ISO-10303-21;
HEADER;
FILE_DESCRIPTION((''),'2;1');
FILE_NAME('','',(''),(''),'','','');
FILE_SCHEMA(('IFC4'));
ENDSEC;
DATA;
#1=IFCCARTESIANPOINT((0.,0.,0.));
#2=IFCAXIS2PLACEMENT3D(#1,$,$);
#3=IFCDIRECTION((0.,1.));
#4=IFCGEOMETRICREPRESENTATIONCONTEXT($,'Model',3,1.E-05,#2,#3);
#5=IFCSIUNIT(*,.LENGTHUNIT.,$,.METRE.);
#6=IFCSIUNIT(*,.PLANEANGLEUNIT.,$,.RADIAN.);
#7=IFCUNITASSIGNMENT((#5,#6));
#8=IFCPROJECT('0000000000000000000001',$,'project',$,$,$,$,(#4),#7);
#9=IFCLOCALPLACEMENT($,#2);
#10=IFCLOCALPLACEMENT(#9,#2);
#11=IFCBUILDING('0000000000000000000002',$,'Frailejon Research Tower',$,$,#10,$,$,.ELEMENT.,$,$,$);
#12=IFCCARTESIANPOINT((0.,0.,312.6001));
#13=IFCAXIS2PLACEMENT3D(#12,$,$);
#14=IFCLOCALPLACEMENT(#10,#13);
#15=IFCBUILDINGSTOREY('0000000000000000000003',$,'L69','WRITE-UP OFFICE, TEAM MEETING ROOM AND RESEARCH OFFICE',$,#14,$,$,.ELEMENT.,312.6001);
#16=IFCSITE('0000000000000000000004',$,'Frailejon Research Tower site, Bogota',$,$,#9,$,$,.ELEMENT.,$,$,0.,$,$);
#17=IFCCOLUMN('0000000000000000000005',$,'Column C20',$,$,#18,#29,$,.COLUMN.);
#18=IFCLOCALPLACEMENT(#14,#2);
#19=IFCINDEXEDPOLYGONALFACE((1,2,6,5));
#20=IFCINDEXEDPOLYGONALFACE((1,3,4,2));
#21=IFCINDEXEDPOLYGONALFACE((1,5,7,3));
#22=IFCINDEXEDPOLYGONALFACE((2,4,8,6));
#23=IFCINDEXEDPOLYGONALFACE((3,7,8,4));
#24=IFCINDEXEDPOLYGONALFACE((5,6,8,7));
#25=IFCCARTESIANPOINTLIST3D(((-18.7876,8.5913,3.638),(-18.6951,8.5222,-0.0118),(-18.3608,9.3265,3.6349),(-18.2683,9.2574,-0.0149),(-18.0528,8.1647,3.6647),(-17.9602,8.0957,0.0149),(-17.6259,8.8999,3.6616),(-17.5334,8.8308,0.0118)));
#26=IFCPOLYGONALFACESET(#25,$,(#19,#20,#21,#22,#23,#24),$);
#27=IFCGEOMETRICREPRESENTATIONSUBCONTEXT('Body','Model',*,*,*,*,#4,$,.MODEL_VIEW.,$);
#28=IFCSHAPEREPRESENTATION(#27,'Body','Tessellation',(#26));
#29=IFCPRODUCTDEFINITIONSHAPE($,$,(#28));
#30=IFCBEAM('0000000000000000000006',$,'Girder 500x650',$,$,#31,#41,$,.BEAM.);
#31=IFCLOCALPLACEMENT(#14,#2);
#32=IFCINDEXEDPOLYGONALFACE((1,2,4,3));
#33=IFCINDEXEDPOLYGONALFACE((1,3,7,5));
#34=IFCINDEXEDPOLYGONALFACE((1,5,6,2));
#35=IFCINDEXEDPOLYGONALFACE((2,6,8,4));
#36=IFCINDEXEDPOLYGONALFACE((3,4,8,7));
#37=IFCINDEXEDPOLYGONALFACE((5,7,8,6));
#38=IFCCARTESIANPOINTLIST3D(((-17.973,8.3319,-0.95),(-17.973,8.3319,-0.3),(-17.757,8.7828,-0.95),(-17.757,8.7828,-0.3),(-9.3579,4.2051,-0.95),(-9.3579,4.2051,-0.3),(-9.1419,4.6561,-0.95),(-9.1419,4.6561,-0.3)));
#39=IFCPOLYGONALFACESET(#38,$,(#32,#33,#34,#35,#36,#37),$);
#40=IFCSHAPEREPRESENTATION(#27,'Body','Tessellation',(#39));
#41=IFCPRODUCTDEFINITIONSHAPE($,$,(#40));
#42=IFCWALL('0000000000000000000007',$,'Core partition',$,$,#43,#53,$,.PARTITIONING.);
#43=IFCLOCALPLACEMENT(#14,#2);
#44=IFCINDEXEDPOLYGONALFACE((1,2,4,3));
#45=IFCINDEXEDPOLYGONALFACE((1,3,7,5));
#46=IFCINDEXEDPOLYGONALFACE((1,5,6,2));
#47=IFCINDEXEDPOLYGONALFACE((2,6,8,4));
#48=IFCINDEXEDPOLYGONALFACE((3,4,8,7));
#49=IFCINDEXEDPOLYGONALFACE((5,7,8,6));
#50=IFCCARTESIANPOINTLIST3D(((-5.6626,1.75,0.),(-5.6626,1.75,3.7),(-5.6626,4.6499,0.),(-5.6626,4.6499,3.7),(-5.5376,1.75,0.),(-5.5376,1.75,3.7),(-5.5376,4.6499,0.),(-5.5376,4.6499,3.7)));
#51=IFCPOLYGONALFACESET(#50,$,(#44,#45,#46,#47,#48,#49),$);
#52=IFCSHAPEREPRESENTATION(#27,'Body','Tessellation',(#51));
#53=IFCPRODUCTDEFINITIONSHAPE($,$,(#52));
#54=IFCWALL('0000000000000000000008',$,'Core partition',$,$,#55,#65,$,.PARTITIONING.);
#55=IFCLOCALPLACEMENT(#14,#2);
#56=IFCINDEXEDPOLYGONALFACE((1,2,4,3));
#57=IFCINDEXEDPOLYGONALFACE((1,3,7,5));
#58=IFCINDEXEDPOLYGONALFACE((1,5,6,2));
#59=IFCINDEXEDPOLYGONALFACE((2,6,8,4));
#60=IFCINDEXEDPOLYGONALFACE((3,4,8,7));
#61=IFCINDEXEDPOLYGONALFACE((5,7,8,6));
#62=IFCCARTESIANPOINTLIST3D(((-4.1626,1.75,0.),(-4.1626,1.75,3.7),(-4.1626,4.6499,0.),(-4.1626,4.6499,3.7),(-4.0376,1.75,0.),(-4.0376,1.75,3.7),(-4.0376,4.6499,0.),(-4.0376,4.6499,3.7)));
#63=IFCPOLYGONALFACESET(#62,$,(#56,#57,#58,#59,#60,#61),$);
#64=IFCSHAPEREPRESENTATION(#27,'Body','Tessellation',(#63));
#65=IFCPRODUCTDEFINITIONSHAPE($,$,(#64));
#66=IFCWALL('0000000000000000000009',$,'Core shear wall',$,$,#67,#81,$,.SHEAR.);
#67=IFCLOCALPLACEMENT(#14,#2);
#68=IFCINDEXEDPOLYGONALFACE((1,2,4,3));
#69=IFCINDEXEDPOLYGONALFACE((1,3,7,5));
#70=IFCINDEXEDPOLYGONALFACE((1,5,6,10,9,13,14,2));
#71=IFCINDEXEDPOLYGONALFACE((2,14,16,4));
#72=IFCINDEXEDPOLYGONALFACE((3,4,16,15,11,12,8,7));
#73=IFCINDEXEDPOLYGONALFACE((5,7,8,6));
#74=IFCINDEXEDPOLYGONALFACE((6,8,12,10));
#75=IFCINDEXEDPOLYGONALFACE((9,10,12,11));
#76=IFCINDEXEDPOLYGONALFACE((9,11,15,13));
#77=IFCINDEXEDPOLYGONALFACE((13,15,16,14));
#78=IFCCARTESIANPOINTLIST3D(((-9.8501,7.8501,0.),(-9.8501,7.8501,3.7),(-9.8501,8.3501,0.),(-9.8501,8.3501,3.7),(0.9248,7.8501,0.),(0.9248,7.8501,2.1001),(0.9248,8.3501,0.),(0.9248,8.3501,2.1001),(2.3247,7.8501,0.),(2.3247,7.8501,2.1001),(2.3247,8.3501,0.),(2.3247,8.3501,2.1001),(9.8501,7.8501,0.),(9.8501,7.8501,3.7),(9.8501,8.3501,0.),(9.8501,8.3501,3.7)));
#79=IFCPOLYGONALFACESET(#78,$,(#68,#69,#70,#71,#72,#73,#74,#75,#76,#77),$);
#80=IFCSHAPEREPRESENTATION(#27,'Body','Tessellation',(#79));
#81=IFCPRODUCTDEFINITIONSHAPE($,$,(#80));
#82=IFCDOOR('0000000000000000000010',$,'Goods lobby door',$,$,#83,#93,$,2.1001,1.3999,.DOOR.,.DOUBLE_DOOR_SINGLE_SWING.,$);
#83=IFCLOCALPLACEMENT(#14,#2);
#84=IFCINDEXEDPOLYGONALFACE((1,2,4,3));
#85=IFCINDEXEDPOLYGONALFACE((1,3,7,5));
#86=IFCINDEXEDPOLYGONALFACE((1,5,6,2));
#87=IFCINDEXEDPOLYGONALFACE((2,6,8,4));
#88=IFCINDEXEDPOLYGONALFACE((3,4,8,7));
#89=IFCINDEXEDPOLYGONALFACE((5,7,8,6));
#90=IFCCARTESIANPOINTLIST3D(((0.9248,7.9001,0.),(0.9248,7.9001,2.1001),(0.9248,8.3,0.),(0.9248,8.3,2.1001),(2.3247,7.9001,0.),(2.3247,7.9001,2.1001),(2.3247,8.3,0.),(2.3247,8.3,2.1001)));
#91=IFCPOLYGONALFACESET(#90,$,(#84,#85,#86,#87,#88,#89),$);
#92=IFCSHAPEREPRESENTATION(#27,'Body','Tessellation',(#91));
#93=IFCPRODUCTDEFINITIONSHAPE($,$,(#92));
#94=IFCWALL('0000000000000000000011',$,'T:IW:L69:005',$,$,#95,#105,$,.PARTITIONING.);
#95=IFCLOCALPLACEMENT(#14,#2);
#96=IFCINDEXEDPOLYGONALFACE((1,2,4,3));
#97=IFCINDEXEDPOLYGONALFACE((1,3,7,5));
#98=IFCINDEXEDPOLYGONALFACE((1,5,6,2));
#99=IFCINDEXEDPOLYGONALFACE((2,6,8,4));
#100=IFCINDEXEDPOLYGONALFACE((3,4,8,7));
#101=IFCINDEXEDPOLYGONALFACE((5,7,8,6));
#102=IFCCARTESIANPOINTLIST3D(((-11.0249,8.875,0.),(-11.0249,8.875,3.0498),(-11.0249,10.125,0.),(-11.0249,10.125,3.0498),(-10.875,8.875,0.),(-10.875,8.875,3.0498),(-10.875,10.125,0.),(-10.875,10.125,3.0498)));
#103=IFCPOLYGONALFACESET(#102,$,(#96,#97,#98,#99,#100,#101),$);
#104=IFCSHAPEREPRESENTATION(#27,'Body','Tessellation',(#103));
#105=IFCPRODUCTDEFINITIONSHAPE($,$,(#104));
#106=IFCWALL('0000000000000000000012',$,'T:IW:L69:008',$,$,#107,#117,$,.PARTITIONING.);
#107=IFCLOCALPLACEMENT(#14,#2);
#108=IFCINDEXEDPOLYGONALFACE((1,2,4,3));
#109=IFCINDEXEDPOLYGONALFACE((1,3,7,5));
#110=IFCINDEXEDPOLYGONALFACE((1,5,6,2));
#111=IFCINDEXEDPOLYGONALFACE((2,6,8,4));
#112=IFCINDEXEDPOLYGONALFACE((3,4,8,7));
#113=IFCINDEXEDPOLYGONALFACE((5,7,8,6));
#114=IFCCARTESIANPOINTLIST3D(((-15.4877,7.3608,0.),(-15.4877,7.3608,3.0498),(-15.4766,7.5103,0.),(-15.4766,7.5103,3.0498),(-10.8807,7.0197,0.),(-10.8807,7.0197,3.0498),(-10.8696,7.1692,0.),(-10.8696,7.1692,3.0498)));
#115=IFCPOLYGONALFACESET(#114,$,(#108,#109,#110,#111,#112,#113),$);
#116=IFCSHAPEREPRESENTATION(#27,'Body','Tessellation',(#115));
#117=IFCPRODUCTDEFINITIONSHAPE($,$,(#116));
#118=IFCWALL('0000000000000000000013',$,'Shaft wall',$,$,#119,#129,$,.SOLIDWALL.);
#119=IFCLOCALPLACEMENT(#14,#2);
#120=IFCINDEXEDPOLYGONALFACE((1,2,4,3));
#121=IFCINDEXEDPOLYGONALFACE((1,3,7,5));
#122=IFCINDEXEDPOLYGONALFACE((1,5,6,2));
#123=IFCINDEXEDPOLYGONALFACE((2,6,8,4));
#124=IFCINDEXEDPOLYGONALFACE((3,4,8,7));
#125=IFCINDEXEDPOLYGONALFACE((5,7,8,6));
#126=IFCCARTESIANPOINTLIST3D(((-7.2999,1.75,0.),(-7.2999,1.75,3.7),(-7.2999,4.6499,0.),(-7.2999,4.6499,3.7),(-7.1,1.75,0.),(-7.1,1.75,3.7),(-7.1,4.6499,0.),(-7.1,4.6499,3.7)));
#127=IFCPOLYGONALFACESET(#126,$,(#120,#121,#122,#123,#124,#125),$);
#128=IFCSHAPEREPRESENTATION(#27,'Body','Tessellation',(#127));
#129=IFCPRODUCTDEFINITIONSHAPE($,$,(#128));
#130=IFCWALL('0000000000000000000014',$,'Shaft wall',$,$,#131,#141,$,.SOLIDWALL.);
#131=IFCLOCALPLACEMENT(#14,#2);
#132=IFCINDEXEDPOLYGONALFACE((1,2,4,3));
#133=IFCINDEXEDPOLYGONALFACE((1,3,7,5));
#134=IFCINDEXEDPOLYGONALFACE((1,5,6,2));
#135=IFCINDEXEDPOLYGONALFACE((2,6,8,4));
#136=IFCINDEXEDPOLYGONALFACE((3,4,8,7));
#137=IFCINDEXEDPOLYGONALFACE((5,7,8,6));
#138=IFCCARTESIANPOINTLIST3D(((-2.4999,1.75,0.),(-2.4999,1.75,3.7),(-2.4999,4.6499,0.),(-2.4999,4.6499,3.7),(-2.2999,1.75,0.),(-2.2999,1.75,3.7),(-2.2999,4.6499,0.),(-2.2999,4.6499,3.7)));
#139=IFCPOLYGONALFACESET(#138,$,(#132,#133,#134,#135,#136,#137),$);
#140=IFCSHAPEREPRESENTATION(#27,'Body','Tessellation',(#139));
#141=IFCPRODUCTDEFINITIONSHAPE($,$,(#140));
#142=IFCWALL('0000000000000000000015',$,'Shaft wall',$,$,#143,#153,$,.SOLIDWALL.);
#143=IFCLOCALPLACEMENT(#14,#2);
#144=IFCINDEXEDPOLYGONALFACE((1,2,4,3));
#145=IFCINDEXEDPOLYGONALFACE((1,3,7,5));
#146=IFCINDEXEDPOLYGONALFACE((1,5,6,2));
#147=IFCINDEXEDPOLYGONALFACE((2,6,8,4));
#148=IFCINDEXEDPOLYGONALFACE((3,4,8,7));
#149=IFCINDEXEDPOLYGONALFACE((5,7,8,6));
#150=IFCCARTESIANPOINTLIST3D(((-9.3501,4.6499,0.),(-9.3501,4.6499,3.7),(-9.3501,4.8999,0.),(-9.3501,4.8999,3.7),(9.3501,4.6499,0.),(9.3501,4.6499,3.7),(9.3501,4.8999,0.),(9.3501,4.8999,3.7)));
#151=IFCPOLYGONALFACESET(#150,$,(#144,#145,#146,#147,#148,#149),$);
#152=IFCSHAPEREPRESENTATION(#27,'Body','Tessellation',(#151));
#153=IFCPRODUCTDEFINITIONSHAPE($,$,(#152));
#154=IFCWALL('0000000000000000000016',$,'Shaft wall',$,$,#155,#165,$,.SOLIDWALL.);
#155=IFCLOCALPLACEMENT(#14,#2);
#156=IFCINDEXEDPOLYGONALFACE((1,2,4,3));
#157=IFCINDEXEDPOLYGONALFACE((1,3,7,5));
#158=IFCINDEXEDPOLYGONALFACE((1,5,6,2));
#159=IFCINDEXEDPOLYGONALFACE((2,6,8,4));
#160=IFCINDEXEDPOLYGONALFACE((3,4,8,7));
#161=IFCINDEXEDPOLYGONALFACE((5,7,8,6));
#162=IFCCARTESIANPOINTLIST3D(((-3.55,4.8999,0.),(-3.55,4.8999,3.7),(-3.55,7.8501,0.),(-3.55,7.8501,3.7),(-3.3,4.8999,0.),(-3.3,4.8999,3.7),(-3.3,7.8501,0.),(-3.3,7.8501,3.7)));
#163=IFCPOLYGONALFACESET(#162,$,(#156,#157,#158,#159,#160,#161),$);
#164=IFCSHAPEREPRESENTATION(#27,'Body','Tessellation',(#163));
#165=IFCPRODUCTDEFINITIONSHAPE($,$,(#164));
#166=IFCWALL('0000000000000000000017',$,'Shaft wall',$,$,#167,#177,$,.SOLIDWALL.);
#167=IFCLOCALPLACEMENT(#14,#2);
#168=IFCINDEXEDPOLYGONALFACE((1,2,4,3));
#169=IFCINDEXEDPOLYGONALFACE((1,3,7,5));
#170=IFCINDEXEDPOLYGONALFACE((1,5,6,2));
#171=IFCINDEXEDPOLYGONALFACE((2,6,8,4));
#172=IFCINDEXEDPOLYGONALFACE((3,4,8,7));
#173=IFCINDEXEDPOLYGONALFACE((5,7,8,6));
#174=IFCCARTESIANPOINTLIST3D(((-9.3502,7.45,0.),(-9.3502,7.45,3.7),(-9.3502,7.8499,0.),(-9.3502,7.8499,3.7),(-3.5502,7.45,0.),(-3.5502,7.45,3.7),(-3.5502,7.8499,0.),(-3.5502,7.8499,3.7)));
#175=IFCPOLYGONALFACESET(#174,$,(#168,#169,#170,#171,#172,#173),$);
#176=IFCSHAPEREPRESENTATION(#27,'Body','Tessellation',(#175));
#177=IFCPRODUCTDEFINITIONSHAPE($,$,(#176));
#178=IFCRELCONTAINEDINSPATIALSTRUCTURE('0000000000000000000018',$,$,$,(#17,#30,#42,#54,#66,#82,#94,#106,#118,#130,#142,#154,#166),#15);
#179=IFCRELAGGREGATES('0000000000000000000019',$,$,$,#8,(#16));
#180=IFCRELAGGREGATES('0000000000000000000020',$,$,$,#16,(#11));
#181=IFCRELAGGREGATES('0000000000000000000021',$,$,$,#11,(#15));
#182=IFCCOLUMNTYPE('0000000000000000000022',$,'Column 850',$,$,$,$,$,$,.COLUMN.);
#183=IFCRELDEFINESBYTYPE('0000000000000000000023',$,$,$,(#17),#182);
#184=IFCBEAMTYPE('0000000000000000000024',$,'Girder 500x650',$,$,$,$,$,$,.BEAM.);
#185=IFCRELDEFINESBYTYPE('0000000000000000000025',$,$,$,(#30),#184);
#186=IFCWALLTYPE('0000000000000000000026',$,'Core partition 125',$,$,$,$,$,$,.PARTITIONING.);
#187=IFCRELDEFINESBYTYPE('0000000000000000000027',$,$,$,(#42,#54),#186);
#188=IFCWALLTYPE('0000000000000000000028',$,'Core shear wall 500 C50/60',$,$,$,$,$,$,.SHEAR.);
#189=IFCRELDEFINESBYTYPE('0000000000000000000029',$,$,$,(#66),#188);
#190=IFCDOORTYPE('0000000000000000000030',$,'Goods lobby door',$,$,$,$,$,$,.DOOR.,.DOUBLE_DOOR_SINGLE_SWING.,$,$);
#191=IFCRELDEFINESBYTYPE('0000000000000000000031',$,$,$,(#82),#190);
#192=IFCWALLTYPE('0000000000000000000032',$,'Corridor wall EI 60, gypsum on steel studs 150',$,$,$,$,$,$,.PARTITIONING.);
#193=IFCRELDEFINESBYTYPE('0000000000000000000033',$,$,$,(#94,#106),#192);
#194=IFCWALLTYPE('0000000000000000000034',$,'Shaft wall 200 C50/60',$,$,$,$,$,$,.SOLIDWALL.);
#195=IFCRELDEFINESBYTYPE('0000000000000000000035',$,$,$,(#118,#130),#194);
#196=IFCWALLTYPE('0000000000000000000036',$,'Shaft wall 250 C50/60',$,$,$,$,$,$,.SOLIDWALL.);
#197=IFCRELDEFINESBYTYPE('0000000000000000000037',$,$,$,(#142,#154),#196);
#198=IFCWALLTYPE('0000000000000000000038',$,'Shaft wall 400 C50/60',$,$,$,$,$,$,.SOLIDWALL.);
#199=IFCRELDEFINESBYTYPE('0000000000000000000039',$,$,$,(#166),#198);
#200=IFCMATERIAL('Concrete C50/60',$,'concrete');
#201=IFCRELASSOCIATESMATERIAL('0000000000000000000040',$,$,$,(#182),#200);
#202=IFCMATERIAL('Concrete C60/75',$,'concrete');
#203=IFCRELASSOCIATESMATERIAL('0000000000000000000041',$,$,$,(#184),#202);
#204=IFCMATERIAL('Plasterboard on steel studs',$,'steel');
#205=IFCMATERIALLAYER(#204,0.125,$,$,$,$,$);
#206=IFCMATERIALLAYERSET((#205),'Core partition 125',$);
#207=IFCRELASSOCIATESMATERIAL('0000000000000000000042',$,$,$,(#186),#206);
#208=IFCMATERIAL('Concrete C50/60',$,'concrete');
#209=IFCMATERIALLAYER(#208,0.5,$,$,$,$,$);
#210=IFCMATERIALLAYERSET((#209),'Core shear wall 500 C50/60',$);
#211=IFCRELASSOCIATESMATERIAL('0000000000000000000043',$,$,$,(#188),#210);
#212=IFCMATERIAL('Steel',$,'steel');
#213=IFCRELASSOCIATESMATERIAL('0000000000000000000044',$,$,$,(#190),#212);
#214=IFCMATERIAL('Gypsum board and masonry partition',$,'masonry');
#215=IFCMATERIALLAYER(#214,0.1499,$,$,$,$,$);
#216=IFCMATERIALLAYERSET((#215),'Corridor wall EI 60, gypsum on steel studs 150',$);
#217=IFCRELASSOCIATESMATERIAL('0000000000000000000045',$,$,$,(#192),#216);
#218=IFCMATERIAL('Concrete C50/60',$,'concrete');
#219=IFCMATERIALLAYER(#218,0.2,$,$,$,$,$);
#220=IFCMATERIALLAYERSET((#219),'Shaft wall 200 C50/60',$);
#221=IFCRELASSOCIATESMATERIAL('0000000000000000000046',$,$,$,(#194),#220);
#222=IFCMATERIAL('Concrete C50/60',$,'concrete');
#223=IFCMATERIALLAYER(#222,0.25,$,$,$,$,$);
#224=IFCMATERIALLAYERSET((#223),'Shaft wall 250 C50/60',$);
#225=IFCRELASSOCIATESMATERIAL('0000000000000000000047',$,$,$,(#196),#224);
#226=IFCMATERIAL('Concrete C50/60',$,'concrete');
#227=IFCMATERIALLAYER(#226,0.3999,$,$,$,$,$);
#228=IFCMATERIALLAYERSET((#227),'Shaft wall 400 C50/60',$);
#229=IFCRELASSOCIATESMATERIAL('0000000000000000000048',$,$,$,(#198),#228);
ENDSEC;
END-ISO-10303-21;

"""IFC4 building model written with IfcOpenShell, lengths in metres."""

from ifc_helpers import new_model, si_unit, direction, frame, frame_2d, origin, origin_2d, place, context, subcontext, project, spatial, rectangle, extrude, material, layer, layer_set, material_profile, profile_set, type_object, element, fill, save


model = new_model("IFC4")

# Units and contexts
model_context = context("Model", 3, precision=1e-05, world=origin(), true_north=direction((0.0, 1.0)))
body_context = subcontext(model_context, "Body", "Model", "MODEL_VIEW")
ifc_project = project(units=[si_unit("LENGTHUNIT", "METRE"), si_unit("PLANEANGLEUNIT", "RADIAN")], contexts=[model_context])

# Site, building, storey
site_placement = place(None, origin())
site = spatial("IfcSite", under=ifc_project, at=site_placement, Name="Frailejon Research Tower site, Bogota", CompositionType="ELEMENT", RefElevation=0.0)
building_placement = place(site_placement, origin())
building = spatial("IfcBuilding", under=site, at=building_placement, Name="Frailejon Research Tower", CompositionType="ELEMENT")
storey_placement = place(building_placement, frame((0.0, 0.0, 312.6001)))
storey = spatial("IfcBuildingStorey", under=building, at=storey_placement, Name="L69", Description="WRITE-UP OFFICE, TEAM MEETING ROOM AND RESEARCH OFFICE", CompositionType="ELEMENT", Elevation=312.6001)

# Column
ifc_material_1 = material(Name="Concrete C50/60", Category="concrete")
ifc_material_profile_1 = material_profile(ifc_material_1, rectangle(XDim=0.8501, YDim=0.8501, at=origin_2d()), Name="Column 850")
ifc_profile_set_1 = profile_set([ifc_material_profile_1], Name="Concrete C50/60")
column_type = type_object("IfcColumnType", Name="Column 850", PredefinedType="COLUMN", material=ifc_profile_set_1)
column_placement = place(storey_placement, frame((-18.1143, 8.6765, 0.0), z_axis=(-0.025338, 0.01892, 0.9995), x_axis=(-0.502095, -0.864805, 0.003642)))
element("IfcColumn", 1, at=column_placement, inside=storey, type_object=column_type, Name="Column C20", PredefinedType="COLUMN", context=body_context, shape_type="SweptSolid", body=[
    extrude(rectangle(XDim=0.8501, YDim=0.8501, at=origin_2d()), origin(), (0.0, 0.0, 1.0), 3.6516),
])

# Beam
ifc_material_2 = material(Name="Concrete C60/75", Category="concrete")
ifc_material_profile_2 = material_profile(ifc_material_2, rectangle(XDim=0.5, YDim=0.6499, at=origin_2d()), Name="Girder 500x650")
ifc_profile_set_2 = profile_set([ifc_material_profile_2], Name="Concrete C60/75")
beam_type = type_object("IfcBeamType", Name="Girder 500x650", PredefinedType="BEAM", material=ifc_profile_set_2)
beam_placement = place(storey_placement, frame((-17.865, 8.5574, -0.625), z_axis=(0.901869, -0.432009, 0.0), x_axis=(0.432009, 0.901869, 0.0)))
element("IfcBeam", 2, at=beam_placement, inside=storey, type_object=beam_type, Name="Girder 500x650", PredefinedType="BEAM", context=body_context, shape_type="SweptSolid", body=[
    extrude(rectangle(XDim=0.5, YDim=0.6499, at=origin_2d()), origin(), (0.0, 0.0, 1.0), 9.5525),
])

# Walls
ifc_material_3 = material(Name="Plasterboard on steel studs", Category="steel")
ifc_layer_1 = layer(ifc_material_3, 0.125)
ifc_layer_set_1 = layer_set([ifc_layer_1], Name="Core partition 125")
wall_type_1 = type_object("IfcWallType", Name="Core partition 125", PredefinedType="PARTITIONING", material=ifc_layer_set_1)
for number, where, z_axis, x_axis, name in (
    (3, (-5.6001, 1.75, 0.0), (0.0, 0.0, 1.0), (0.0, 1.0, 0.0), "Core partition"),
    (4, (-4.1001, 1.75, 0.0), (0.0, 0.0, 1.0), (0.0, 1.0, 0.0), "Core partition"),
):
    element("IfcWall", number, at=place(storey_placement, frame(where, z_axis=z_axis, x_axis=x_axis)), inside=storey, type_object=wall_type_1, Name=name, PredefinedType="PARTITIONING", context=body_context, shape_type="SweptSolid", body=[
        extrude(rectangle(XDim=2.8999, YDim=0.125, at=frame_2d((1.45, 0.0))), origin(), (0.0, 0.0, 1.0), 3.7),
    ])

# Wall, opening, door
ifc_material_4 = material(Name="Concrete C50/60", Category="concrete")
ifc_layer_2 = layer(ifc_material_4, 0.5)
ifc_layer_set_2 = layer_set([ifc_layer_2], Name="Core shear wall 500 C50/60")
wall_type_2 = type_object("IfcWallType", Name="Core shear wall 500 C50/60", PredefinedType="SHEAR", material=ifc_layer_set_2)
wall_1_placement = place(storey_placement, frame((-9.8501, 8.1001, 0.0), z_axis=(0.0, 0.0, 1.0), x_axis=(1.0, 0.0, 0.0)))
wall_1 = element("IfcWall", 5, at=wall_1_placement, inside=storey, type_object=wall_type_2, Name="Core shear wall", PredefinedType="SHEAR", context=body_context, shape_type="SweptSolid", body=[
    extrude(rectangle(XDim=19.7002, YDim=0.5, at=frame_2d((9.8501, 0.0))), origin(), (0.0, 0.0, 1.0), 3.7),
])
opening_1_placement = place(wall_1_placement, frame((10.7749, 0.0, 0.0)))
opening_1 = element("IfcOpeningElement", 6, at=opening_1_placement, cuts=wall_1, PredefinedType="OPENING", context=body_context, shape_type="SweptSolid", body=[
    extrude(rectangle(XDim=1.3999, YDim=2.1001, at=frame_2d((0.7, 1.05))), frame((0.0, 0.26, 0.0), z_axis=(0.0, -1.0, 0.0), x_axis=(1.0, 0.0, 0.0)), (0.0, 0.0, 1.0), 0.52),
])
ifc_material_5 = material(Name="Steel", Category="steel")
door_type_1 = type_object("IfcDoorType", Name="Goods lobby door", OperationType="DOUBLE_DOOR_SINGLE_SWING", PredefinedType="DOOR", material=ifc_material_5)
door_1_placement = place(opening_1_placement, origin())
door_1 = element("IfcDoor", 7, at=door_1_placement, inside=storey, type_object=door_type_1, Name="Goods lobby door", OperationType="DOUBLE_DOOR_SINGLE_SWING", OverallHeight=2.1001, OverallWidth=1.3999, PredefinedType="DOOR", context=body_context, shape_type="SweptSolid", body=[
    extrude(rectangle(XDim=1.3999, YDim=2.1001, at=frame_2d((0.7, 1.05))), frame((0.0, 0.2, 0.0), z_axis=(0.0, -1.0, 0.0), x_axis=(1.0, 0.0, 0.0)), (0.0, 0.0, 1.0), 0.3999),
])
fill(opening_1, door_1)

# Walls
ifc_material_6 = material(Name="Gypsum board and masonry partition", Category="masonry")
ifc_layer_3 = layer(ifc_material_6, 0.1499)
ifc_layer_set_3 = layer_set([ifc_layer_3], Name="Corridor wall EI 60, gypsum on steel studs 150")
wall_type_3 = type_object("IfcWallType", Name="Corridor wall EI 60, gypsum on steel studs 150", PredefinedType="PARTITIONING", material=ifc_layer_set_3)
wall_2_placement = place(storey_placement, frame((-10.95, 8.875, 0.0), z_axis=(0.0, 0.0, 1.0), x_axis=(0.0, 1.0, 0.0)))
element("IfcWall", 8, at=wall_2_placement, inside=storey, type_object=wall_type_3, Name="T:IW:L69:005", PredefinedType="PARTITIONING", context=body_context, shape_type="SweptSolid", body=[
    extrude(rectangle(XDim=1.25, YDim=0.1499, at=frame_2d((0.625, 0.0))), origin(), (0.0, 0.0, 1.0), 3.0498),
])
wall_3_placement = place(storey_placement, frame((-15.4822, 7.4355, 0.0), z_axis=(0.0, 0.0, 1.0), x_axis=(0.997271, -0.073831, 0.0)))
element("IfcWall", 9, at=wall_3_placement, inside=storey, type_object=wall_type_3, Name="T:IW:L69:008", PredefinedType="PARTITIONING", context=body_context, shape_type="SweptSolid", body=[
    extrude(rectangle(XDim=4.6196, YDim=0.1499, at=frame_2d((2.3098, 0.0))), origin(), (0.0, 0.0, 1.0), 3.0498),
])
ifc_material_7 = material(Name="Concrete C50/60", Category="concrete")
ifc_layer_4 = layer(ifc_material_7, 0.2)
ifc_layer_set_4 = layer_set([ifc_layer_4], Name="Shaft wall 200 C50/60")
wall_type_4 = type_object("IfcWallType", Name="Shaft wall 200 C50/60", PredefinedType="SOLIDWALL", material=ifc_layer_set_4)
for number, where, z_axis, x_axis, name in (
    (10, (-7.2, 1.75, 0.0), (0.0, 0.0, 1.0), (0.0, 1.0, 0.0), "Shaft wall"),
    (11, (-2.3999, 1.75, 0.0), (0.0, 0.0, 1.0), (0.0, 1.0, 0.0), "Shaft wall"),
):
    element("IfcWall", number, at=place(storey_placement, frame(where, z_axis=z_axis, x_axis=x_axis)), inside=storey, type_object=wall_type_4, Name=name, PredefinedType="SOLIDWALL", context=body_context, shape_type="SweptSolid", body=[
        extrude(rectangle(XDim=2.8999, YDim=0.2, at=frame_2d((1.45, 0.0))), origin(), (0.0, 0.0, 1.0), 3.7),
    ])

# Shared definitions
ifc_material_8 = material(Name="Concrete C50/60", Category="concrete")
ifc_layer_5 = layer(ifc_material_8, 0.25)
ifc_layer_set_5 = layer_set([ifc_layer_5], Name="Shaft wall 250 C50/60")
wall_type_5 = type_object("IfcWallType", Name="Shaft wall 250 C50/60", PredefinedType="SOLIDWALL", material=ifc_layer_set_5)

# Walls
wall_4_placement = place(storey_placement, frame((-9.3501, 4.7749, 0.0), z_axis=(0.0, 0.0, 1.0), x_axis=(1.0, 0.0, 0.0)))
element("IfcWall", 12, at=wall_4_placement, inside=storey, type_object=wall_type_5, Name="Shaft wall", PredefinedType="SOLIDWALL", context=body_context, shape_type="SweptSolid", body=[
    extrude(rectangle(XDim=18.7002, YDim=0.25, at=frame_2d((9.3501, 0.0))), origin(), (0.0, 0.0, 1.0), 3.7),
])
wall_5_placement = place(storey_placement, frame((-3.425, 4.8999, 0.0), z_axis=(0.0, 0.0, 1.0), x_axis=(0.0, 1.0, 0.0)))
element("IfcWall", 13, at=wall_5_placement, inside=storey, type_object=wall_type_5, Name="Shaft wall", PredefinedType="SOLIDWALL", context=body_context, shape_type="SweptSolid", body=[
    extrude(rectangle(XDim=2.9502, YDim=0.25, at=frame_2d((1.4751, 0.0))), origin(), (0.0, 0.0, 1.0), 3.7),
])
ifc_material_9 = material(Name="Concrete C50/60", Category="concrete")
ifc_layer_6 = layer(ifc_material_9, 0.3999)
ifc_layer_set_6 = layer_set([ifc_layer_6], Name="Shaft wall 400 C50/60")
wall_type_6 = type_object("IfcWallType", Name="Shaft wall 400 C50/60", PredefinedType="SOLIDWALL", material=ifc_layer_set_6)
wall_6_placement = place(storey_placement, frame((-9.3501, 7.6499, 0.0), z_axis=(0.0, 0.0, 1.0), x_axis=(1.0, 0.0, 0.0)))
element("IfcWall", 14, at=wall_6_placement, inside=storey, type_object=wall_type_6, Name="Shaft wall", PredefinedType="SOLIDWALL", context=body_context, shape_type="SweptSolid", body=[
    extrude(rectangle(XDim=5.8, YDim=0.3999, at=frame_2d((2.8999, 0.0))), origin(), (0.0, 0.0, 1.0), 3.7),
])

save(model, "model.ifc")
